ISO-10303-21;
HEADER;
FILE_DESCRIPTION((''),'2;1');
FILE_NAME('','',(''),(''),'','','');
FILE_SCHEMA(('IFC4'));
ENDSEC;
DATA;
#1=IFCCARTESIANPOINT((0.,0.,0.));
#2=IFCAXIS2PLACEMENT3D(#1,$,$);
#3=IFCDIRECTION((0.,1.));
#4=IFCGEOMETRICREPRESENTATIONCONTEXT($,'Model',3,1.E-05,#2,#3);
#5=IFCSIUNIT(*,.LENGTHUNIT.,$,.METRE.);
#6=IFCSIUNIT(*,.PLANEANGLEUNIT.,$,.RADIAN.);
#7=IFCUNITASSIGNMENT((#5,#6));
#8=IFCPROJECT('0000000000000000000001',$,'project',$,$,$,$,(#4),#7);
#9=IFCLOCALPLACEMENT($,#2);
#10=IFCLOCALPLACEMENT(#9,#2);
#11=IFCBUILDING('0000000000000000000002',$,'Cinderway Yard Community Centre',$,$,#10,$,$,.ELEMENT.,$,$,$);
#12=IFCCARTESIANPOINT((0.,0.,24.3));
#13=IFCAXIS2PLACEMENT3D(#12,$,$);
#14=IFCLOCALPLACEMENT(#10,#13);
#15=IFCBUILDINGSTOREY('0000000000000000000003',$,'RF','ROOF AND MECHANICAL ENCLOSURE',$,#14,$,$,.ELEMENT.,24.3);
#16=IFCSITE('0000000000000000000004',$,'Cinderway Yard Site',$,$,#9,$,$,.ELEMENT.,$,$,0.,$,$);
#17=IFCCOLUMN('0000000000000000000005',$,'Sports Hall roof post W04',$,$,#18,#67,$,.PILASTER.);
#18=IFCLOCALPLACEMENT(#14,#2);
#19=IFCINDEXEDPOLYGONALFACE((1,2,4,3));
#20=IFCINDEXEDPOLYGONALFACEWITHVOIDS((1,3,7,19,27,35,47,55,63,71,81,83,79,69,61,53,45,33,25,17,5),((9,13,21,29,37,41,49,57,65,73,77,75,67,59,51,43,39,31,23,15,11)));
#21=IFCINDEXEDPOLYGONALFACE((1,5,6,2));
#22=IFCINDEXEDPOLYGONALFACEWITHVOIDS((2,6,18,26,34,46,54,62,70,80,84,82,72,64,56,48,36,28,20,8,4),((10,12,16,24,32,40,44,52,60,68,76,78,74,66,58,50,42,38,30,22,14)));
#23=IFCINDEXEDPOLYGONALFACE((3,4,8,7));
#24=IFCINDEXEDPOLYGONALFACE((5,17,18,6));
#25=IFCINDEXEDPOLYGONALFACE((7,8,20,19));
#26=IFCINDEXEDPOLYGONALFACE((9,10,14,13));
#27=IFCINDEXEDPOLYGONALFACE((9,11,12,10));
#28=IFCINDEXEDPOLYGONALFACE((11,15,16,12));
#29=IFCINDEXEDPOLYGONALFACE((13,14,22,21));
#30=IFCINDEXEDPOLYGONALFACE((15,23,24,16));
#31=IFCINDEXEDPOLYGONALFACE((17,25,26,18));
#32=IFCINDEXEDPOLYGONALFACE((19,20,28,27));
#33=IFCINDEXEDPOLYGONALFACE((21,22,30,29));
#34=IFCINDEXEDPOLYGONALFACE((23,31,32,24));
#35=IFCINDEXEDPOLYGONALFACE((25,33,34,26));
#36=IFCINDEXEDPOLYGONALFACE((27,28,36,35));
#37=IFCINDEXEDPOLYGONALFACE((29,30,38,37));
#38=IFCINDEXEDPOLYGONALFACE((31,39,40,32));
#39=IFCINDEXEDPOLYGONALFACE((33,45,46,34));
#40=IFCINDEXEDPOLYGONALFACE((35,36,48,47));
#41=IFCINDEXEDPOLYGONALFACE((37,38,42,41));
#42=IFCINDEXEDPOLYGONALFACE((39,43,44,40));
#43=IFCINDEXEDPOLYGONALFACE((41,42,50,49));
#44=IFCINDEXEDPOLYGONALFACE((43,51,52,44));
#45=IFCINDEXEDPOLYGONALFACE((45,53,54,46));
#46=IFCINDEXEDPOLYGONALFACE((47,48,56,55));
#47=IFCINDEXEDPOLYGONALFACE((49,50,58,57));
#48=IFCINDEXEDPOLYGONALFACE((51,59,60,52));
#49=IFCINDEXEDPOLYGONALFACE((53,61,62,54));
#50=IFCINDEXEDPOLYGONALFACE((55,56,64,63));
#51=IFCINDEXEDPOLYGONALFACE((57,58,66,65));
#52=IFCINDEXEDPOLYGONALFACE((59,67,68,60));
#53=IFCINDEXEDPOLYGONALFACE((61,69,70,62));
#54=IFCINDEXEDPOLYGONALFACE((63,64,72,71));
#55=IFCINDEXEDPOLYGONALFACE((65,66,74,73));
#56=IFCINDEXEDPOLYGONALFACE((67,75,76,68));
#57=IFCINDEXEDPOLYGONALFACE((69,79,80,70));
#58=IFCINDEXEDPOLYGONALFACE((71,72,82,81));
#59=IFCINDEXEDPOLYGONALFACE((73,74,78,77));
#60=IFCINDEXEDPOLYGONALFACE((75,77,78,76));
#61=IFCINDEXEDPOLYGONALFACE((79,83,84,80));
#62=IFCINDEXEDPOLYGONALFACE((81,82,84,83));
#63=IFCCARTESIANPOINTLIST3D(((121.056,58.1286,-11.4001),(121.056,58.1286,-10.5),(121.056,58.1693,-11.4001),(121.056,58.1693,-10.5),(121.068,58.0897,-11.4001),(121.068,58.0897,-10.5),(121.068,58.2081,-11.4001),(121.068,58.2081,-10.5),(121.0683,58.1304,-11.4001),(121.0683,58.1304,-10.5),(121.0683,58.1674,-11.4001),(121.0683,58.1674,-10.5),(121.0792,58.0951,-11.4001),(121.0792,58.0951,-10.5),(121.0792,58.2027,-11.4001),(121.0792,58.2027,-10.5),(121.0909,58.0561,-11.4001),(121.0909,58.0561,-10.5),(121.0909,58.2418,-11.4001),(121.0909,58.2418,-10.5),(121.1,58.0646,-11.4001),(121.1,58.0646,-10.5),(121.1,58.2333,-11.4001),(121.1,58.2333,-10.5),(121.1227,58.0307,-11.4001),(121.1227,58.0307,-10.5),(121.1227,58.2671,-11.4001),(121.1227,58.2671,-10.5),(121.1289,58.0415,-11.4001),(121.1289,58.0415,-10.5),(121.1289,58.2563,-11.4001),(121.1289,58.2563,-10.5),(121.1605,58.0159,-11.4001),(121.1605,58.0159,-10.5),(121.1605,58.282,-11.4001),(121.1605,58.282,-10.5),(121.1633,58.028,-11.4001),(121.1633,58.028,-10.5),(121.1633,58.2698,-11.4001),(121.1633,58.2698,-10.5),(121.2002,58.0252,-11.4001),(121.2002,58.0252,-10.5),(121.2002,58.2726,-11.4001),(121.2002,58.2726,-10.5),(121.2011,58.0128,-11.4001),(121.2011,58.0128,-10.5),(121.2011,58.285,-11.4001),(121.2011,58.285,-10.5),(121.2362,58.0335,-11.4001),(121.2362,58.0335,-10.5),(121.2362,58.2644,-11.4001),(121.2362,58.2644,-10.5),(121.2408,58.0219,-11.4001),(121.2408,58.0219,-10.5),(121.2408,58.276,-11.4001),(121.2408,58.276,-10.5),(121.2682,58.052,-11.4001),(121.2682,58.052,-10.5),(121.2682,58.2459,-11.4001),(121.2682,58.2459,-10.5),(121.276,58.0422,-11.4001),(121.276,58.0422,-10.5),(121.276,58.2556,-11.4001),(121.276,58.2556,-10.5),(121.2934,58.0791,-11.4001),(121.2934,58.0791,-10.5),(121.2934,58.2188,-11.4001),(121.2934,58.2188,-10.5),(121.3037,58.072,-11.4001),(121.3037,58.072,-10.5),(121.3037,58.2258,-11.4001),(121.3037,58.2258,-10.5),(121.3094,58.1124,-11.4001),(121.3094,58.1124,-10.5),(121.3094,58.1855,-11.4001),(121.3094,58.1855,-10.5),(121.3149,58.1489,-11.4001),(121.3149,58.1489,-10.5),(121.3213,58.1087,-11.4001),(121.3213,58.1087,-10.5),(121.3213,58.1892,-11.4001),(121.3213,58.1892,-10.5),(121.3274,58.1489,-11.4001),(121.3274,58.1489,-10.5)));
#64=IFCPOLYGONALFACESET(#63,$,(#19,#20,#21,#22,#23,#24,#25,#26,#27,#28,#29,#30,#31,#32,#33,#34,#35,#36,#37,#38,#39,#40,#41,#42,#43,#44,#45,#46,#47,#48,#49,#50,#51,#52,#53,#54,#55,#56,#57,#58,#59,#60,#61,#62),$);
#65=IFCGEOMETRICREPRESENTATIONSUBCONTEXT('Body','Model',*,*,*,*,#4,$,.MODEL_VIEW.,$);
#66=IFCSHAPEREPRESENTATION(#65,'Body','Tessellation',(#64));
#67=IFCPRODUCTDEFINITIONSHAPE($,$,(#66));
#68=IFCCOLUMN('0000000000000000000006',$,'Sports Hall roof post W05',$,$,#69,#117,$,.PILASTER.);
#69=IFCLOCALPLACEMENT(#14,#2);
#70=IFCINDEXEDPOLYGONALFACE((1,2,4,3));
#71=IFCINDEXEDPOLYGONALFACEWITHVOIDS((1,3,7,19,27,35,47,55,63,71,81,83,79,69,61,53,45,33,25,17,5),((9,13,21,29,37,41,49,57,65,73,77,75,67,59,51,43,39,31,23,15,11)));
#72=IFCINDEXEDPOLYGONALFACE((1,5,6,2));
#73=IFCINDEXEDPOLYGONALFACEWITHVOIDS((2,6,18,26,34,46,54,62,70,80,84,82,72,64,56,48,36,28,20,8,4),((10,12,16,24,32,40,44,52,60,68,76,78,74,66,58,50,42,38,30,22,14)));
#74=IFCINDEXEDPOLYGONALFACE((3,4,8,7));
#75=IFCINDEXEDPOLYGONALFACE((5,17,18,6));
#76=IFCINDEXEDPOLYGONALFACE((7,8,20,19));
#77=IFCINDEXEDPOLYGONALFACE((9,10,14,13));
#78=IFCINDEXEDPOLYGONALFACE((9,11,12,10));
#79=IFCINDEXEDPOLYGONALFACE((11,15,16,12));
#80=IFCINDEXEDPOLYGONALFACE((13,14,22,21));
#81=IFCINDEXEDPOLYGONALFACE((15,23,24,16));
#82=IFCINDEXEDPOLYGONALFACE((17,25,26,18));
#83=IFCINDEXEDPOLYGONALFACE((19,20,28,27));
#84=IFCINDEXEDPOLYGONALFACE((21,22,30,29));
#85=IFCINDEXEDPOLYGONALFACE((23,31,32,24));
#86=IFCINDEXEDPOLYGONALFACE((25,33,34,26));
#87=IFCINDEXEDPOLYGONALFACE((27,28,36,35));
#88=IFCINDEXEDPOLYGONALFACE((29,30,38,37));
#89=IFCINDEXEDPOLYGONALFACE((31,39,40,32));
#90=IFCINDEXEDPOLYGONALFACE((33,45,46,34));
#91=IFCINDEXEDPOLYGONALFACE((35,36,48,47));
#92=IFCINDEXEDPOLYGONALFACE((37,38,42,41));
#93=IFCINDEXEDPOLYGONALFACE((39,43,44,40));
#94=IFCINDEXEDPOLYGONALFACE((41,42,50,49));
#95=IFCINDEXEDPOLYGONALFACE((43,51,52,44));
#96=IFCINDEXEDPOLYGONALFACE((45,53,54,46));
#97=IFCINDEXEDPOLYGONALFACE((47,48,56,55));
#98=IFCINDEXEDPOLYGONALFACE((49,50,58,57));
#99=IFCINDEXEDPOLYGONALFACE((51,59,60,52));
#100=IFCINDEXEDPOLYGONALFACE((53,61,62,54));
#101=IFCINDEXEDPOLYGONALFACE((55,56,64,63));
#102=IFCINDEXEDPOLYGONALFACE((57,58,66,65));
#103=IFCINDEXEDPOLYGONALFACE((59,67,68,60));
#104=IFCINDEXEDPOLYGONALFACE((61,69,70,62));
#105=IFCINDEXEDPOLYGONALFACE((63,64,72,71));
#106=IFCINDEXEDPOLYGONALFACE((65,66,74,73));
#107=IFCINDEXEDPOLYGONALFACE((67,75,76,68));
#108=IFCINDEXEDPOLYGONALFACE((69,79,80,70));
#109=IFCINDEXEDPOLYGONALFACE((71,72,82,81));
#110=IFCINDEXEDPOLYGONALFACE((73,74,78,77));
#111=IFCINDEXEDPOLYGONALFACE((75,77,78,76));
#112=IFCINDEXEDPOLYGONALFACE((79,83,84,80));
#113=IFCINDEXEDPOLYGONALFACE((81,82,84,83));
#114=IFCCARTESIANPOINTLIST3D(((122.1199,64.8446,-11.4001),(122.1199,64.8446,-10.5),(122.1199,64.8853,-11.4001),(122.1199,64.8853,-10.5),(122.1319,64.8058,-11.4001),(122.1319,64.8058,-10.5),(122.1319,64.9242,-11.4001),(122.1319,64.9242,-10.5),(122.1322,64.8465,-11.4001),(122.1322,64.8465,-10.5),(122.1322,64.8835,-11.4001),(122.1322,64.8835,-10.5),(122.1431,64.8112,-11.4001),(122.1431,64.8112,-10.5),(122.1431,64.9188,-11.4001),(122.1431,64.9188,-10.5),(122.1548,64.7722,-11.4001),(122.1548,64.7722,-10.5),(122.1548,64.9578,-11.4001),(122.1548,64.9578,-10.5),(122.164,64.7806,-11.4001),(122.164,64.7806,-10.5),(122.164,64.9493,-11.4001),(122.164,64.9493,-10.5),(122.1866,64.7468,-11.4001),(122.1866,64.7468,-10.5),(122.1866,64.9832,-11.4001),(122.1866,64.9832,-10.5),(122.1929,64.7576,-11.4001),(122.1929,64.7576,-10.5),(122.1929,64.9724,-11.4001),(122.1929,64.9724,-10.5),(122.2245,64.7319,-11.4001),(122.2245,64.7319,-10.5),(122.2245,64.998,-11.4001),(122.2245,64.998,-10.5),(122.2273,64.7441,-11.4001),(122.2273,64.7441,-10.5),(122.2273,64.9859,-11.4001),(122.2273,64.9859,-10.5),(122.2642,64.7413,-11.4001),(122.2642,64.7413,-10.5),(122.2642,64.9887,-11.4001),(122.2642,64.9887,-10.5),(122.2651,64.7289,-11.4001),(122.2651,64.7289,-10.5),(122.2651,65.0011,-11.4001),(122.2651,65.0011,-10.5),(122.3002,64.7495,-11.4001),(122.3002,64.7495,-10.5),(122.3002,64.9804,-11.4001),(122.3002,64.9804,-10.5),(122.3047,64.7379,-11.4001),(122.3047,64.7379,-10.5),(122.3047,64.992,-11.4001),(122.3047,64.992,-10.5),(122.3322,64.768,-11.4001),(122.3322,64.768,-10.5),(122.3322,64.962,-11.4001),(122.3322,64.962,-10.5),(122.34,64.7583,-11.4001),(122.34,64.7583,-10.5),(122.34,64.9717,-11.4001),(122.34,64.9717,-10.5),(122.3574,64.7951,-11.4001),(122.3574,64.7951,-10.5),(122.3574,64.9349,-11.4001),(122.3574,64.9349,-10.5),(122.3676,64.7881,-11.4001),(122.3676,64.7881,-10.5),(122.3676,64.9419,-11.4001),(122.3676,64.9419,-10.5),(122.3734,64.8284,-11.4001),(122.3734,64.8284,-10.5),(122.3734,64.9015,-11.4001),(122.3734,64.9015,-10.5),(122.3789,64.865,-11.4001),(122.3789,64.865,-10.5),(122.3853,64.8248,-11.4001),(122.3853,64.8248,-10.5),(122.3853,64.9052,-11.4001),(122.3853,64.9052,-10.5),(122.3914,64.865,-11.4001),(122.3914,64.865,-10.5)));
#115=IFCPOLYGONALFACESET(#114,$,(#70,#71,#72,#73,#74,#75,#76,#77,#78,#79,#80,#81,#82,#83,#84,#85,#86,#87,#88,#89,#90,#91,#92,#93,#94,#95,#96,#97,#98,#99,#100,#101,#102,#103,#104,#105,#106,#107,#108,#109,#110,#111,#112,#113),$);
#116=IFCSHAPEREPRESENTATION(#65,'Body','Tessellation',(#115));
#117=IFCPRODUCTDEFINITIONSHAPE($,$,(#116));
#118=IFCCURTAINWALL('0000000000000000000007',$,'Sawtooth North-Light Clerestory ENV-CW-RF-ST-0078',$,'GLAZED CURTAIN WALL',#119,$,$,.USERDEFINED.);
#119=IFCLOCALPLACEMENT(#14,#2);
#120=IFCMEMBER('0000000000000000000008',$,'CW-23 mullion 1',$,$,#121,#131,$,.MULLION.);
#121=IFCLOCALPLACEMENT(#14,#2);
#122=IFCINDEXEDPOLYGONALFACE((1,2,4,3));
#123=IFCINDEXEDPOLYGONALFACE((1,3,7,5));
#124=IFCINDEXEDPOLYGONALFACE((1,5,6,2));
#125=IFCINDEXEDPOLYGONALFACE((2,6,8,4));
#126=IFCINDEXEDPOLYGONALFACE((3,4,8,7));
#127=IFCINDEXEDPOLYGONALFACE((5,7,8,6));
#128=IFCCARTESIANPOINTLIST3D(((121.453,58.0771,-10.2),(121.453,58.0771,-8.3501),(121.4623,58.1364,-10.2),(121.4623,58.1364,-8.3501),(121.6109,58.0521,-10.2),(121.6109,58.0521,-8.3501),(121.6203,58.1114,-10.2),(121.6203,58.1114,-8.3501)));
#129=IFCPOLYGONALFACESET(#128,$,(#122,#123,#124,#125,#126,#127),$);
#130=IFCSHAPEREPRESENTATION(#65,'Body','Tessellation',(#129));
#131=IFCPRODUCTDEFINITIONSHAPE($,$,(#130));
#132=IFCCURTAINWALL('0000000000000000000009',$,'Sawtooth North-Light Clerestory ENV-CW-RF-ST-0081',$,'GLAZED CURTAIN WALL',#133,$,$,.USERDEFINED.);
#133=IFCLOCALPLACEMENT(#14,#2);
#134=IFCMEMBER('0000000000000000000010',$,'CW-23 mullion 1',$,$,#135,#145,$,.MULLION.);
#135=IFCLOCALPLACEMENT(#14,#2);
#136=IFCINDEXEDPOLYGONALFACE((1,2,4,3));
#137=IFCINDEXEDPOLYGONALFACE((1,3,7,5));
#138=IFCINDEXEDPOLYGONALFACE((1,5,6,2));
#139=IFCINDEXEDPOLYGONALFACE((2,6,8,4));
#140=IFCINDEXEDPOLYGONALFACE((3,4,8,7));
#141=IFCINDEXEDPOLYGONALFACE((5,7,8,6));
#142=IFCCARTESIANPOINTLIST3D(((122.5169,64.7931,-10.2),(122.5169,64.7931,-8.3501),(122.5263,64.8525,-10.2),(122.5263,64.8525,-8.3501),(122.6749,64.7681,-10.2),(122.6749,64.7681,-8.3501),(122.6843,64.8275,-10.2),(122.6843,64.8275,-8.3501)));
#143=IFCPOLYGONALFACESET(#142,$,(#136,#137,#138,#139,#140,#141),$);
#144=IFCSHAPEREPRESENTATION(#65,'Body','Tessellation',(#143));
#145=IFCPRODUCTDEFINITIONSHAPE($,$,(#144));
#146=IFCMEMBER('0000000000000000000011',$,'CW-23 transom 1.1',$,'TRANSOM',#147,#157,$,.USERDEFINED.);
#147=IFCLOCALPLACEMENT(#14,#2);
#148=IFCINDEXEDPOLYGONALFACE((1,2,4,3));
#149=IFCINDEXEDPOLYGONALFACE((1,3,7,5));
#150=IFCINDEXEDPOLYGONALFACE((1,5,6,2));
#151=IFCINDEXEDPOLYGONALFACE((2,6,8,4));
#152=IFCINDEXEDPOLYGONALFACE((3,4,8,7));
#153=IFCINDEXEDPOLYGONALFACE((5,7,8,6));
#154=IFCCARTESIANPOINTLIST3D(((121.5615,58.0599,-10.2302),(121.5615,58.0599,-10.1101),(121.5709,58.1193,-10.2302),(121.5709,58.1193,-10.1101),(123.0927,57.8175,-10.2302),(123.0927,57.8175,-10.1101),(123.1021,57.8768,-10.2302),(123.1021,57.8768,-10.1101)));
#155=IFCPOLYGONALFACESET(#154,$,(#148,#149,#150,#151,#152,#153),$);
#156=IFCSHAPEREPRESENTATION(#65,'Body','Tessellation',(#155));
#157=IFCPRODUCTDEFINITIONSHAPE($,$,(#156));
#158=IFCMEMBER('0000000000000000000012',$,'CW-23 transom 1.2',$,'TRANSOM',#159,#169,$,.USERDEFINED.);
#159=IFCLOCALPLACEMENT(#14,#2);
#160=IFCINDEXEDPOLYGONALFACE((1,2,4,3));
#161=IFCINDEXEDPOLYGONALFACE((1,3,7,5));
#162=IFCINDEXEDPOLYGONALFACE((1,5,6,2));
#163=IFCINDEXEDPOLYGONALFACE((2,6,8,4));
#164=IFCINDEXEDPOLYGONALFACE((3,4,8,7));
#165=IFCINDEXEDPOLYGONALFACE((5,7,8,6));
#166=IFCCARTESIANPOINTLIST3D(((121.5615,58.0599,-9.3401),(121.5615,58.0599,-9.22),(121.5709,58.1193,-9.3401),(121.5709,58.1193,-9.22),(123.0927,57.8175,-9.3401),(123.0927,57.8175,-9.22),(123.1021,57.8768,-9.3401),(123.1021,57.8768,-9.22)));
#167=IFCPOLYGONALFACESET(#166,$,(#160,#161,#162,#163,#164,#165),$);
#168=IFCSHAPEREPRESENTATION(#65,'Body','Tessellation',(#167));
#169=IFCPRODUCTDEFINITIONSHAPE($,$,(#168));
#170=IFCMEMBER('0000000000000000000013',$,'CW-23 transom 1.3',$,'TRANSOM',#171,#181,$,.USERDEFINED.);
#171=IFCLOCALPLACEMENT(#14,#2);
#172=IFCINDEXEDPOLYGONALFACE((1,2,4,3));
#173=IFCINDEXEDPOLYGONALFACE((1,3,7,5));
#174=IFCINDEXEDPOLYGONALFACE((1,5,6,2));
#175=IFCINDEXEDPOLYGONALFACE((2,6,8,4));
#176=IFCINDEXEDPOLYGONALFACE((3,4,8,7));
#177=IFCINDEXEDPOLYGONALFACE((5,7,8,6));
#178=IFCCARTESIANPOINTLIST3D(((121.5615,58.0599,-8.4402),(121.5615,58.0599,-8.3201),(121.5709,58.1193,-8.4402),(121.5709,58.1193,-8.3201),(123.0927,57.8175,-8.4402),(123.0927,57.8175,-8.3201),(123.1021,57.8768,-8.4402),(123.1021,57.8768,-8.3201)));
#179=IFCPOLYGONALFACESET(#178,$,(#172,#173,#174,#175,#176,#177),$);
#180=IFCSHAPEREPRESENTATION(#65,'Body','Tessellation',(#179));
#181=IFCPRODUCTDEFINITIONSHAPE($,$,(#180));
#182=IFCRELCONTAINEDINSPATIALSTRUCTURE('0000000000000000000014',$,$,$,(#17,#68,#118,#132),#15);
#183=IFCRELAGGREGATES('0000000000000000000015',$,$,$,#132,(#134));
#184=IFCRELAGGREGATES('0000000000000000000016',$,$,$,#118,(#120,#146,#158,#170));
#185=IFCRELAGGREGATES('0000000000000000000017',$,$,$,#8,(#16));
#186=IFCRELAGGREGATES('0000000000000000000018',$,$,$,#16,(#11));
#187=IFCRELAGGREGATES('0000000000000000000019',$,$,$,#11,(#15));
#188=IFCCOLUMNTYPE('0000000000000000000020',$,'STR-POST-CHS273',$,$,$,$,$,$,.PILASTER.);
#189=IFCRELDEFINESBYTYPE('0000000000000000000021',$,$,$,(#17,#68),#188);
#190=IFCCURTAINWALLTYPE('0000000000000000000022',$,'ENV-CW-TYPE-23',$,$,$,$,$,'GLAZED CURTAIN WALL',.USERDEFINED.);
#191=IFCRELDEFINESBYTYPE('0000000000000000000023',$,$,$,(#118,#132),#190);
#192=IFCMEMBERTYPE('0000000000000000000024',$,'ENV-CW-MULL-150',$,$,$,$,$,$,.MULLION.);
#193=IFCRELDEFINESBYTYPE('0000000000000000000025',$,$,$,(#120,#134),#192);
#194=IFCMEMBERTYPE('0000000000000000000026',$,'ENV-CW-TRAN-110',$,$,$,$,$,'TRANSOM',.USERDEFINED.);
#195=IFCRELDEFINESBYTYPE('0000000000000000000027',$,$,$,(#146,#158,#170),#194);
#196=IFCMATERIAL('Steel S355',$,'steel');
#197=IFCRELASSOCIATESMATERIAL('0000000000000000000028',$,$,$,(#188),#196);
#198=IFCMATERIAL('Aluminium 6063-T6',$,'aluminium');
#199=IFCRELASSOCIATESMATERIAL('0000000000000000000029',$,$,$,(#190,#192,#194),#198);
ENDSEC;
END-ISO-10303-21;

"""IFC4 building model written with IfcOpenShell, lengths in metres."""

from ifc_helpers import new_model, si_unit, direction, frame, origin, origin_2d, place, context, subcontext, project, spatial, rectangle, hollow_circle, extrude, material, material_profile, profile_set, type_object, element, aggregate, save


model = new_model("IFC4")

# Units and contexts
model_context = context("Model", 3, precision=1e-05, world=origin(), true_north=direction((0.0, 1.0)))
body_context = subcontext(model_context, "Body", "Model", "MODEL_VIEW")
ifc_project = project(units=[si_unit("LENGTHUNIT", "METRE"), si_unit("PLANEANGLEUNIT", "RADIAN")], contexts=[model_context])

# Site, building, storey
site_placement = place(None, origin())
site = spatial("IfcSite", under=ifc_project, at=site_placement, Name="Cinderway Yard Site", CompositionType="ELEMENT", RefElevation=0.0)
building_placement = place(site_placement, origin())
building = spatial("IfcBuilding", under=site, at=building_placement, Name="Cinderway Yard Community Centre", CompositionType="ELEMENT")
storey_placement = place(building_placement, frame((0.0, 0.0, 24.3)))
storey = spatial("IfcBuildingStorey", under=building, at=storey_placement, Name="RF", Description="ROOF AND MECHANICAL ENCLOSURE", CompositionType="ELEMENT", Elevation=24.3)

# Columns
ifc_material_1 = material(Name="Steel S355", Category="steel")
ifc_material_profile_1 = material_profile(ifc_material_1, hollow_circle(Radius=0.1365, WallThickness=0.0125, at=origin_2d()), Name="Steel S355")
ifc_profile_set_1 = profile_set([ifc_material_profile_1], Name="Steel S355")
column_type = type_object("IfcColumnType", Name="STR-POST-CHS273", PredefinedType="PILASTER", material=ifc_profile_set_1)
for number, where, z_axis, x_axis, name in (
    (1, (121.1909, 58.1489, -11.4001), (0.0, 0.0, 1.0), (1.0, 0.0, 0.0), "Sports Hall roof post W04"),
    (2, (122.2549, 64.865, -11.4001), (0.0, 0.0, 1.0), (1.0, 0.0, 0.0), "Sports Hall roof post W05"),
):
    element("IfcColumn", number, at=place(storey_placement, frame(where, z_axis=z_axis, x_axis=x_axis)), inside=storey, type_object=column_type, Name=name, PredefinedType="PILASTER", context=body_context, shape_type="SweptSolid", body=[
        extrude(hollow_circle(Radius=0.1365, WallThickness=0.0125, at=origin_2d()), origin(), (0.0, 0.0, 1.0), 0.9001),
    ])

# Curtain walls, members
ifc_material_2 = material(Name="Aluminium 6063-T6", Category="aluminium")
curtain_wall_type = type_object("IfcCurtainWallType", Name="ENV-CW-TYPE-23", ElementType="GLAZED CURTAIN WALL", PredefinedType="USERDEFINED", material=ifc_material_2)
curtain_wall_1_placement = place(storey_placement, origin())
curtain_wall_1 = element("IfcCurtainWall", 3, at=curtain_wall_1_placement, inside=storey, type_object=curtain_wall_type, Name="Sawtooth North-Light Clerestory ENV-CW-RF-ST-0078", ObjectType="GLAZED CURTAIN WALL", PredefinedType="USERDEFINED")
ifc_material_profile_2 = material_profile(ifc_material_2, rectangle(XDim=0.0601, YDim=0.1599, at=origin_2d()), Name="Aluminium 6063-T6")
ifc_profile_set_2 = profile_set([ifc_material_profile_2], Name="Aluminium 6063-T6")
member_type_1 = type_object("IfcMemberType", Name="ENV-CW-MULL-150", PredefinedType="MULLION", material=ifc_profile_set_2)
member_1_placement = place(storey_placement, frame((121.5366, 58.0942, -10.2), z_axis=(0.0, 0.0, 1.0), x_axis=(0.156385, 0.987696, 0.0)))
member_1 = element("IfcMember", 4, at=member_1_placement, type_object=member_type_1, Name="CW-23 mullion 1", PredefinedType="MULLION", context=body_context, shape_type="SweptSolid", body=[
    extrude(rectangle(XDim=0.0601, YDim=0.1599, at=origin_2d()), origin(), (0.0, 0.0, 1.0), 1.8499),
])
curtain_wall_2_placement = place(storey_placement, origin())
curtain_wall_2 = element("IfcCurtainWall", 5, at=curtain_wall_2_placement, inside=storey, type_object=curtain_wall_type, Name="Sawtooth North-Light Clerestory ENV-CW-RF-ST-0081", ObjectType="GLAZED CURTAIN WALL", PredefinedType="USERDEFINED")
member_2_placement = place(storey_placement, frame((122.6006, 64.8103, -10.2), z_axis=(0.0, 0.0, 1.0), x_axis=(0.156409, 0.987692, 0.0)))
member_2 = element("IfcMember", 6, at=member_2_placement, type_object=member_type_1, Name="CW-23 mullion 1", PredefinedType="MULLION", context=body_context, shape_type="SweptSolid", body=[
    extrude(rectangle(XDim=0.0601, YDim=0.1599, at=origin_2d()), origin(), (0.0, 0.0, 1.0), 1.8499),
])
aggregate(curtain_wall_2, [member_2])

# Members
ifc_material_profile_3 = material_profile(ifc_material_2, rectangle(XDim=0.0601, YDim=0.1201, at=origin_2d()), Name="Aluminium 6063-T6")
ifc_profile_set_3 = profile_set([ifc_material_profile_3], Name="Aluminium 6063-T6")
member_type_2 = type_object("IfcMemberType", Name="ENV-CW-TRAN-110", ElementType="TRANSOM", PredefinedType="USERDEFINED", material=ifc_profile_set_3)
member_3_placement = place(storey_placement, frame((121.5662, 58.0896, -10.1702), z_axis=(0.987698, -0.156375, 0.0), x_axis=(0.156375, 0.987698, 0.0)))
member_3 = element("IfcMember", 7, at=member_3_placement, type_object=member_type_2, Name="CW-23 transom 1.1", ObjectType="TRANSOM", PredefinedType="USERDEFINED", context=body_context, shape_type="SweptSolid", body=[
    extrude(rectangle(XDim=0.0601, YDim=0.1201, at=origin_2d()), origin(), (0.0, 0.0, 1.0), 1.5503),
])
member_4_placement = place(storey_placement, frame((121.5662, 58.0896, -9.28), z_axis=(0.987698, -0.156375, 0.0), x_axis=(0.156375, 0.987698, 0.0)))
member_4 = element("IfcMember", 8, at=member_4_placement, type_object=member_type_2, Name="CW-23 transom 1.2", ObjectType="TRANSOM", PredefinedType="USERDEFINED", context=body_context, shape_type="SweptSolid", body=[
    extrude(rectangle(XDim=0.0601, YDim=0.1201, at=origin_2d()), origin(), (0.0, 0.0, 1.0), 1.5503),
])
member_5_placement = place(storey_placement, frame((121.5662, 58.0896, -8.3801), z_axis=(0.987698, -0.156375, 0.0), x_axis=(0.156375, 0.987698, 0.0)))
member_5 = element("IfcMember", 9, at=member_5_placement, type_object=member_type_2, Name="CW-23 transom 1.3", ObjectType="TRANSOM", PredefinedType="USERDEFINED", context=body_context, shape_type="SweptSolid", body=[
    extrude(rectangle(XDim=0.0601, YDim=0.1201, at=origin_2d()), origin(), (0.0, 0.0, 1.0), 1.5503),
])

aggregate(curtain_wall_1, [member_1, member_3, member_4, member_5])

save(model, "model.ifc")
